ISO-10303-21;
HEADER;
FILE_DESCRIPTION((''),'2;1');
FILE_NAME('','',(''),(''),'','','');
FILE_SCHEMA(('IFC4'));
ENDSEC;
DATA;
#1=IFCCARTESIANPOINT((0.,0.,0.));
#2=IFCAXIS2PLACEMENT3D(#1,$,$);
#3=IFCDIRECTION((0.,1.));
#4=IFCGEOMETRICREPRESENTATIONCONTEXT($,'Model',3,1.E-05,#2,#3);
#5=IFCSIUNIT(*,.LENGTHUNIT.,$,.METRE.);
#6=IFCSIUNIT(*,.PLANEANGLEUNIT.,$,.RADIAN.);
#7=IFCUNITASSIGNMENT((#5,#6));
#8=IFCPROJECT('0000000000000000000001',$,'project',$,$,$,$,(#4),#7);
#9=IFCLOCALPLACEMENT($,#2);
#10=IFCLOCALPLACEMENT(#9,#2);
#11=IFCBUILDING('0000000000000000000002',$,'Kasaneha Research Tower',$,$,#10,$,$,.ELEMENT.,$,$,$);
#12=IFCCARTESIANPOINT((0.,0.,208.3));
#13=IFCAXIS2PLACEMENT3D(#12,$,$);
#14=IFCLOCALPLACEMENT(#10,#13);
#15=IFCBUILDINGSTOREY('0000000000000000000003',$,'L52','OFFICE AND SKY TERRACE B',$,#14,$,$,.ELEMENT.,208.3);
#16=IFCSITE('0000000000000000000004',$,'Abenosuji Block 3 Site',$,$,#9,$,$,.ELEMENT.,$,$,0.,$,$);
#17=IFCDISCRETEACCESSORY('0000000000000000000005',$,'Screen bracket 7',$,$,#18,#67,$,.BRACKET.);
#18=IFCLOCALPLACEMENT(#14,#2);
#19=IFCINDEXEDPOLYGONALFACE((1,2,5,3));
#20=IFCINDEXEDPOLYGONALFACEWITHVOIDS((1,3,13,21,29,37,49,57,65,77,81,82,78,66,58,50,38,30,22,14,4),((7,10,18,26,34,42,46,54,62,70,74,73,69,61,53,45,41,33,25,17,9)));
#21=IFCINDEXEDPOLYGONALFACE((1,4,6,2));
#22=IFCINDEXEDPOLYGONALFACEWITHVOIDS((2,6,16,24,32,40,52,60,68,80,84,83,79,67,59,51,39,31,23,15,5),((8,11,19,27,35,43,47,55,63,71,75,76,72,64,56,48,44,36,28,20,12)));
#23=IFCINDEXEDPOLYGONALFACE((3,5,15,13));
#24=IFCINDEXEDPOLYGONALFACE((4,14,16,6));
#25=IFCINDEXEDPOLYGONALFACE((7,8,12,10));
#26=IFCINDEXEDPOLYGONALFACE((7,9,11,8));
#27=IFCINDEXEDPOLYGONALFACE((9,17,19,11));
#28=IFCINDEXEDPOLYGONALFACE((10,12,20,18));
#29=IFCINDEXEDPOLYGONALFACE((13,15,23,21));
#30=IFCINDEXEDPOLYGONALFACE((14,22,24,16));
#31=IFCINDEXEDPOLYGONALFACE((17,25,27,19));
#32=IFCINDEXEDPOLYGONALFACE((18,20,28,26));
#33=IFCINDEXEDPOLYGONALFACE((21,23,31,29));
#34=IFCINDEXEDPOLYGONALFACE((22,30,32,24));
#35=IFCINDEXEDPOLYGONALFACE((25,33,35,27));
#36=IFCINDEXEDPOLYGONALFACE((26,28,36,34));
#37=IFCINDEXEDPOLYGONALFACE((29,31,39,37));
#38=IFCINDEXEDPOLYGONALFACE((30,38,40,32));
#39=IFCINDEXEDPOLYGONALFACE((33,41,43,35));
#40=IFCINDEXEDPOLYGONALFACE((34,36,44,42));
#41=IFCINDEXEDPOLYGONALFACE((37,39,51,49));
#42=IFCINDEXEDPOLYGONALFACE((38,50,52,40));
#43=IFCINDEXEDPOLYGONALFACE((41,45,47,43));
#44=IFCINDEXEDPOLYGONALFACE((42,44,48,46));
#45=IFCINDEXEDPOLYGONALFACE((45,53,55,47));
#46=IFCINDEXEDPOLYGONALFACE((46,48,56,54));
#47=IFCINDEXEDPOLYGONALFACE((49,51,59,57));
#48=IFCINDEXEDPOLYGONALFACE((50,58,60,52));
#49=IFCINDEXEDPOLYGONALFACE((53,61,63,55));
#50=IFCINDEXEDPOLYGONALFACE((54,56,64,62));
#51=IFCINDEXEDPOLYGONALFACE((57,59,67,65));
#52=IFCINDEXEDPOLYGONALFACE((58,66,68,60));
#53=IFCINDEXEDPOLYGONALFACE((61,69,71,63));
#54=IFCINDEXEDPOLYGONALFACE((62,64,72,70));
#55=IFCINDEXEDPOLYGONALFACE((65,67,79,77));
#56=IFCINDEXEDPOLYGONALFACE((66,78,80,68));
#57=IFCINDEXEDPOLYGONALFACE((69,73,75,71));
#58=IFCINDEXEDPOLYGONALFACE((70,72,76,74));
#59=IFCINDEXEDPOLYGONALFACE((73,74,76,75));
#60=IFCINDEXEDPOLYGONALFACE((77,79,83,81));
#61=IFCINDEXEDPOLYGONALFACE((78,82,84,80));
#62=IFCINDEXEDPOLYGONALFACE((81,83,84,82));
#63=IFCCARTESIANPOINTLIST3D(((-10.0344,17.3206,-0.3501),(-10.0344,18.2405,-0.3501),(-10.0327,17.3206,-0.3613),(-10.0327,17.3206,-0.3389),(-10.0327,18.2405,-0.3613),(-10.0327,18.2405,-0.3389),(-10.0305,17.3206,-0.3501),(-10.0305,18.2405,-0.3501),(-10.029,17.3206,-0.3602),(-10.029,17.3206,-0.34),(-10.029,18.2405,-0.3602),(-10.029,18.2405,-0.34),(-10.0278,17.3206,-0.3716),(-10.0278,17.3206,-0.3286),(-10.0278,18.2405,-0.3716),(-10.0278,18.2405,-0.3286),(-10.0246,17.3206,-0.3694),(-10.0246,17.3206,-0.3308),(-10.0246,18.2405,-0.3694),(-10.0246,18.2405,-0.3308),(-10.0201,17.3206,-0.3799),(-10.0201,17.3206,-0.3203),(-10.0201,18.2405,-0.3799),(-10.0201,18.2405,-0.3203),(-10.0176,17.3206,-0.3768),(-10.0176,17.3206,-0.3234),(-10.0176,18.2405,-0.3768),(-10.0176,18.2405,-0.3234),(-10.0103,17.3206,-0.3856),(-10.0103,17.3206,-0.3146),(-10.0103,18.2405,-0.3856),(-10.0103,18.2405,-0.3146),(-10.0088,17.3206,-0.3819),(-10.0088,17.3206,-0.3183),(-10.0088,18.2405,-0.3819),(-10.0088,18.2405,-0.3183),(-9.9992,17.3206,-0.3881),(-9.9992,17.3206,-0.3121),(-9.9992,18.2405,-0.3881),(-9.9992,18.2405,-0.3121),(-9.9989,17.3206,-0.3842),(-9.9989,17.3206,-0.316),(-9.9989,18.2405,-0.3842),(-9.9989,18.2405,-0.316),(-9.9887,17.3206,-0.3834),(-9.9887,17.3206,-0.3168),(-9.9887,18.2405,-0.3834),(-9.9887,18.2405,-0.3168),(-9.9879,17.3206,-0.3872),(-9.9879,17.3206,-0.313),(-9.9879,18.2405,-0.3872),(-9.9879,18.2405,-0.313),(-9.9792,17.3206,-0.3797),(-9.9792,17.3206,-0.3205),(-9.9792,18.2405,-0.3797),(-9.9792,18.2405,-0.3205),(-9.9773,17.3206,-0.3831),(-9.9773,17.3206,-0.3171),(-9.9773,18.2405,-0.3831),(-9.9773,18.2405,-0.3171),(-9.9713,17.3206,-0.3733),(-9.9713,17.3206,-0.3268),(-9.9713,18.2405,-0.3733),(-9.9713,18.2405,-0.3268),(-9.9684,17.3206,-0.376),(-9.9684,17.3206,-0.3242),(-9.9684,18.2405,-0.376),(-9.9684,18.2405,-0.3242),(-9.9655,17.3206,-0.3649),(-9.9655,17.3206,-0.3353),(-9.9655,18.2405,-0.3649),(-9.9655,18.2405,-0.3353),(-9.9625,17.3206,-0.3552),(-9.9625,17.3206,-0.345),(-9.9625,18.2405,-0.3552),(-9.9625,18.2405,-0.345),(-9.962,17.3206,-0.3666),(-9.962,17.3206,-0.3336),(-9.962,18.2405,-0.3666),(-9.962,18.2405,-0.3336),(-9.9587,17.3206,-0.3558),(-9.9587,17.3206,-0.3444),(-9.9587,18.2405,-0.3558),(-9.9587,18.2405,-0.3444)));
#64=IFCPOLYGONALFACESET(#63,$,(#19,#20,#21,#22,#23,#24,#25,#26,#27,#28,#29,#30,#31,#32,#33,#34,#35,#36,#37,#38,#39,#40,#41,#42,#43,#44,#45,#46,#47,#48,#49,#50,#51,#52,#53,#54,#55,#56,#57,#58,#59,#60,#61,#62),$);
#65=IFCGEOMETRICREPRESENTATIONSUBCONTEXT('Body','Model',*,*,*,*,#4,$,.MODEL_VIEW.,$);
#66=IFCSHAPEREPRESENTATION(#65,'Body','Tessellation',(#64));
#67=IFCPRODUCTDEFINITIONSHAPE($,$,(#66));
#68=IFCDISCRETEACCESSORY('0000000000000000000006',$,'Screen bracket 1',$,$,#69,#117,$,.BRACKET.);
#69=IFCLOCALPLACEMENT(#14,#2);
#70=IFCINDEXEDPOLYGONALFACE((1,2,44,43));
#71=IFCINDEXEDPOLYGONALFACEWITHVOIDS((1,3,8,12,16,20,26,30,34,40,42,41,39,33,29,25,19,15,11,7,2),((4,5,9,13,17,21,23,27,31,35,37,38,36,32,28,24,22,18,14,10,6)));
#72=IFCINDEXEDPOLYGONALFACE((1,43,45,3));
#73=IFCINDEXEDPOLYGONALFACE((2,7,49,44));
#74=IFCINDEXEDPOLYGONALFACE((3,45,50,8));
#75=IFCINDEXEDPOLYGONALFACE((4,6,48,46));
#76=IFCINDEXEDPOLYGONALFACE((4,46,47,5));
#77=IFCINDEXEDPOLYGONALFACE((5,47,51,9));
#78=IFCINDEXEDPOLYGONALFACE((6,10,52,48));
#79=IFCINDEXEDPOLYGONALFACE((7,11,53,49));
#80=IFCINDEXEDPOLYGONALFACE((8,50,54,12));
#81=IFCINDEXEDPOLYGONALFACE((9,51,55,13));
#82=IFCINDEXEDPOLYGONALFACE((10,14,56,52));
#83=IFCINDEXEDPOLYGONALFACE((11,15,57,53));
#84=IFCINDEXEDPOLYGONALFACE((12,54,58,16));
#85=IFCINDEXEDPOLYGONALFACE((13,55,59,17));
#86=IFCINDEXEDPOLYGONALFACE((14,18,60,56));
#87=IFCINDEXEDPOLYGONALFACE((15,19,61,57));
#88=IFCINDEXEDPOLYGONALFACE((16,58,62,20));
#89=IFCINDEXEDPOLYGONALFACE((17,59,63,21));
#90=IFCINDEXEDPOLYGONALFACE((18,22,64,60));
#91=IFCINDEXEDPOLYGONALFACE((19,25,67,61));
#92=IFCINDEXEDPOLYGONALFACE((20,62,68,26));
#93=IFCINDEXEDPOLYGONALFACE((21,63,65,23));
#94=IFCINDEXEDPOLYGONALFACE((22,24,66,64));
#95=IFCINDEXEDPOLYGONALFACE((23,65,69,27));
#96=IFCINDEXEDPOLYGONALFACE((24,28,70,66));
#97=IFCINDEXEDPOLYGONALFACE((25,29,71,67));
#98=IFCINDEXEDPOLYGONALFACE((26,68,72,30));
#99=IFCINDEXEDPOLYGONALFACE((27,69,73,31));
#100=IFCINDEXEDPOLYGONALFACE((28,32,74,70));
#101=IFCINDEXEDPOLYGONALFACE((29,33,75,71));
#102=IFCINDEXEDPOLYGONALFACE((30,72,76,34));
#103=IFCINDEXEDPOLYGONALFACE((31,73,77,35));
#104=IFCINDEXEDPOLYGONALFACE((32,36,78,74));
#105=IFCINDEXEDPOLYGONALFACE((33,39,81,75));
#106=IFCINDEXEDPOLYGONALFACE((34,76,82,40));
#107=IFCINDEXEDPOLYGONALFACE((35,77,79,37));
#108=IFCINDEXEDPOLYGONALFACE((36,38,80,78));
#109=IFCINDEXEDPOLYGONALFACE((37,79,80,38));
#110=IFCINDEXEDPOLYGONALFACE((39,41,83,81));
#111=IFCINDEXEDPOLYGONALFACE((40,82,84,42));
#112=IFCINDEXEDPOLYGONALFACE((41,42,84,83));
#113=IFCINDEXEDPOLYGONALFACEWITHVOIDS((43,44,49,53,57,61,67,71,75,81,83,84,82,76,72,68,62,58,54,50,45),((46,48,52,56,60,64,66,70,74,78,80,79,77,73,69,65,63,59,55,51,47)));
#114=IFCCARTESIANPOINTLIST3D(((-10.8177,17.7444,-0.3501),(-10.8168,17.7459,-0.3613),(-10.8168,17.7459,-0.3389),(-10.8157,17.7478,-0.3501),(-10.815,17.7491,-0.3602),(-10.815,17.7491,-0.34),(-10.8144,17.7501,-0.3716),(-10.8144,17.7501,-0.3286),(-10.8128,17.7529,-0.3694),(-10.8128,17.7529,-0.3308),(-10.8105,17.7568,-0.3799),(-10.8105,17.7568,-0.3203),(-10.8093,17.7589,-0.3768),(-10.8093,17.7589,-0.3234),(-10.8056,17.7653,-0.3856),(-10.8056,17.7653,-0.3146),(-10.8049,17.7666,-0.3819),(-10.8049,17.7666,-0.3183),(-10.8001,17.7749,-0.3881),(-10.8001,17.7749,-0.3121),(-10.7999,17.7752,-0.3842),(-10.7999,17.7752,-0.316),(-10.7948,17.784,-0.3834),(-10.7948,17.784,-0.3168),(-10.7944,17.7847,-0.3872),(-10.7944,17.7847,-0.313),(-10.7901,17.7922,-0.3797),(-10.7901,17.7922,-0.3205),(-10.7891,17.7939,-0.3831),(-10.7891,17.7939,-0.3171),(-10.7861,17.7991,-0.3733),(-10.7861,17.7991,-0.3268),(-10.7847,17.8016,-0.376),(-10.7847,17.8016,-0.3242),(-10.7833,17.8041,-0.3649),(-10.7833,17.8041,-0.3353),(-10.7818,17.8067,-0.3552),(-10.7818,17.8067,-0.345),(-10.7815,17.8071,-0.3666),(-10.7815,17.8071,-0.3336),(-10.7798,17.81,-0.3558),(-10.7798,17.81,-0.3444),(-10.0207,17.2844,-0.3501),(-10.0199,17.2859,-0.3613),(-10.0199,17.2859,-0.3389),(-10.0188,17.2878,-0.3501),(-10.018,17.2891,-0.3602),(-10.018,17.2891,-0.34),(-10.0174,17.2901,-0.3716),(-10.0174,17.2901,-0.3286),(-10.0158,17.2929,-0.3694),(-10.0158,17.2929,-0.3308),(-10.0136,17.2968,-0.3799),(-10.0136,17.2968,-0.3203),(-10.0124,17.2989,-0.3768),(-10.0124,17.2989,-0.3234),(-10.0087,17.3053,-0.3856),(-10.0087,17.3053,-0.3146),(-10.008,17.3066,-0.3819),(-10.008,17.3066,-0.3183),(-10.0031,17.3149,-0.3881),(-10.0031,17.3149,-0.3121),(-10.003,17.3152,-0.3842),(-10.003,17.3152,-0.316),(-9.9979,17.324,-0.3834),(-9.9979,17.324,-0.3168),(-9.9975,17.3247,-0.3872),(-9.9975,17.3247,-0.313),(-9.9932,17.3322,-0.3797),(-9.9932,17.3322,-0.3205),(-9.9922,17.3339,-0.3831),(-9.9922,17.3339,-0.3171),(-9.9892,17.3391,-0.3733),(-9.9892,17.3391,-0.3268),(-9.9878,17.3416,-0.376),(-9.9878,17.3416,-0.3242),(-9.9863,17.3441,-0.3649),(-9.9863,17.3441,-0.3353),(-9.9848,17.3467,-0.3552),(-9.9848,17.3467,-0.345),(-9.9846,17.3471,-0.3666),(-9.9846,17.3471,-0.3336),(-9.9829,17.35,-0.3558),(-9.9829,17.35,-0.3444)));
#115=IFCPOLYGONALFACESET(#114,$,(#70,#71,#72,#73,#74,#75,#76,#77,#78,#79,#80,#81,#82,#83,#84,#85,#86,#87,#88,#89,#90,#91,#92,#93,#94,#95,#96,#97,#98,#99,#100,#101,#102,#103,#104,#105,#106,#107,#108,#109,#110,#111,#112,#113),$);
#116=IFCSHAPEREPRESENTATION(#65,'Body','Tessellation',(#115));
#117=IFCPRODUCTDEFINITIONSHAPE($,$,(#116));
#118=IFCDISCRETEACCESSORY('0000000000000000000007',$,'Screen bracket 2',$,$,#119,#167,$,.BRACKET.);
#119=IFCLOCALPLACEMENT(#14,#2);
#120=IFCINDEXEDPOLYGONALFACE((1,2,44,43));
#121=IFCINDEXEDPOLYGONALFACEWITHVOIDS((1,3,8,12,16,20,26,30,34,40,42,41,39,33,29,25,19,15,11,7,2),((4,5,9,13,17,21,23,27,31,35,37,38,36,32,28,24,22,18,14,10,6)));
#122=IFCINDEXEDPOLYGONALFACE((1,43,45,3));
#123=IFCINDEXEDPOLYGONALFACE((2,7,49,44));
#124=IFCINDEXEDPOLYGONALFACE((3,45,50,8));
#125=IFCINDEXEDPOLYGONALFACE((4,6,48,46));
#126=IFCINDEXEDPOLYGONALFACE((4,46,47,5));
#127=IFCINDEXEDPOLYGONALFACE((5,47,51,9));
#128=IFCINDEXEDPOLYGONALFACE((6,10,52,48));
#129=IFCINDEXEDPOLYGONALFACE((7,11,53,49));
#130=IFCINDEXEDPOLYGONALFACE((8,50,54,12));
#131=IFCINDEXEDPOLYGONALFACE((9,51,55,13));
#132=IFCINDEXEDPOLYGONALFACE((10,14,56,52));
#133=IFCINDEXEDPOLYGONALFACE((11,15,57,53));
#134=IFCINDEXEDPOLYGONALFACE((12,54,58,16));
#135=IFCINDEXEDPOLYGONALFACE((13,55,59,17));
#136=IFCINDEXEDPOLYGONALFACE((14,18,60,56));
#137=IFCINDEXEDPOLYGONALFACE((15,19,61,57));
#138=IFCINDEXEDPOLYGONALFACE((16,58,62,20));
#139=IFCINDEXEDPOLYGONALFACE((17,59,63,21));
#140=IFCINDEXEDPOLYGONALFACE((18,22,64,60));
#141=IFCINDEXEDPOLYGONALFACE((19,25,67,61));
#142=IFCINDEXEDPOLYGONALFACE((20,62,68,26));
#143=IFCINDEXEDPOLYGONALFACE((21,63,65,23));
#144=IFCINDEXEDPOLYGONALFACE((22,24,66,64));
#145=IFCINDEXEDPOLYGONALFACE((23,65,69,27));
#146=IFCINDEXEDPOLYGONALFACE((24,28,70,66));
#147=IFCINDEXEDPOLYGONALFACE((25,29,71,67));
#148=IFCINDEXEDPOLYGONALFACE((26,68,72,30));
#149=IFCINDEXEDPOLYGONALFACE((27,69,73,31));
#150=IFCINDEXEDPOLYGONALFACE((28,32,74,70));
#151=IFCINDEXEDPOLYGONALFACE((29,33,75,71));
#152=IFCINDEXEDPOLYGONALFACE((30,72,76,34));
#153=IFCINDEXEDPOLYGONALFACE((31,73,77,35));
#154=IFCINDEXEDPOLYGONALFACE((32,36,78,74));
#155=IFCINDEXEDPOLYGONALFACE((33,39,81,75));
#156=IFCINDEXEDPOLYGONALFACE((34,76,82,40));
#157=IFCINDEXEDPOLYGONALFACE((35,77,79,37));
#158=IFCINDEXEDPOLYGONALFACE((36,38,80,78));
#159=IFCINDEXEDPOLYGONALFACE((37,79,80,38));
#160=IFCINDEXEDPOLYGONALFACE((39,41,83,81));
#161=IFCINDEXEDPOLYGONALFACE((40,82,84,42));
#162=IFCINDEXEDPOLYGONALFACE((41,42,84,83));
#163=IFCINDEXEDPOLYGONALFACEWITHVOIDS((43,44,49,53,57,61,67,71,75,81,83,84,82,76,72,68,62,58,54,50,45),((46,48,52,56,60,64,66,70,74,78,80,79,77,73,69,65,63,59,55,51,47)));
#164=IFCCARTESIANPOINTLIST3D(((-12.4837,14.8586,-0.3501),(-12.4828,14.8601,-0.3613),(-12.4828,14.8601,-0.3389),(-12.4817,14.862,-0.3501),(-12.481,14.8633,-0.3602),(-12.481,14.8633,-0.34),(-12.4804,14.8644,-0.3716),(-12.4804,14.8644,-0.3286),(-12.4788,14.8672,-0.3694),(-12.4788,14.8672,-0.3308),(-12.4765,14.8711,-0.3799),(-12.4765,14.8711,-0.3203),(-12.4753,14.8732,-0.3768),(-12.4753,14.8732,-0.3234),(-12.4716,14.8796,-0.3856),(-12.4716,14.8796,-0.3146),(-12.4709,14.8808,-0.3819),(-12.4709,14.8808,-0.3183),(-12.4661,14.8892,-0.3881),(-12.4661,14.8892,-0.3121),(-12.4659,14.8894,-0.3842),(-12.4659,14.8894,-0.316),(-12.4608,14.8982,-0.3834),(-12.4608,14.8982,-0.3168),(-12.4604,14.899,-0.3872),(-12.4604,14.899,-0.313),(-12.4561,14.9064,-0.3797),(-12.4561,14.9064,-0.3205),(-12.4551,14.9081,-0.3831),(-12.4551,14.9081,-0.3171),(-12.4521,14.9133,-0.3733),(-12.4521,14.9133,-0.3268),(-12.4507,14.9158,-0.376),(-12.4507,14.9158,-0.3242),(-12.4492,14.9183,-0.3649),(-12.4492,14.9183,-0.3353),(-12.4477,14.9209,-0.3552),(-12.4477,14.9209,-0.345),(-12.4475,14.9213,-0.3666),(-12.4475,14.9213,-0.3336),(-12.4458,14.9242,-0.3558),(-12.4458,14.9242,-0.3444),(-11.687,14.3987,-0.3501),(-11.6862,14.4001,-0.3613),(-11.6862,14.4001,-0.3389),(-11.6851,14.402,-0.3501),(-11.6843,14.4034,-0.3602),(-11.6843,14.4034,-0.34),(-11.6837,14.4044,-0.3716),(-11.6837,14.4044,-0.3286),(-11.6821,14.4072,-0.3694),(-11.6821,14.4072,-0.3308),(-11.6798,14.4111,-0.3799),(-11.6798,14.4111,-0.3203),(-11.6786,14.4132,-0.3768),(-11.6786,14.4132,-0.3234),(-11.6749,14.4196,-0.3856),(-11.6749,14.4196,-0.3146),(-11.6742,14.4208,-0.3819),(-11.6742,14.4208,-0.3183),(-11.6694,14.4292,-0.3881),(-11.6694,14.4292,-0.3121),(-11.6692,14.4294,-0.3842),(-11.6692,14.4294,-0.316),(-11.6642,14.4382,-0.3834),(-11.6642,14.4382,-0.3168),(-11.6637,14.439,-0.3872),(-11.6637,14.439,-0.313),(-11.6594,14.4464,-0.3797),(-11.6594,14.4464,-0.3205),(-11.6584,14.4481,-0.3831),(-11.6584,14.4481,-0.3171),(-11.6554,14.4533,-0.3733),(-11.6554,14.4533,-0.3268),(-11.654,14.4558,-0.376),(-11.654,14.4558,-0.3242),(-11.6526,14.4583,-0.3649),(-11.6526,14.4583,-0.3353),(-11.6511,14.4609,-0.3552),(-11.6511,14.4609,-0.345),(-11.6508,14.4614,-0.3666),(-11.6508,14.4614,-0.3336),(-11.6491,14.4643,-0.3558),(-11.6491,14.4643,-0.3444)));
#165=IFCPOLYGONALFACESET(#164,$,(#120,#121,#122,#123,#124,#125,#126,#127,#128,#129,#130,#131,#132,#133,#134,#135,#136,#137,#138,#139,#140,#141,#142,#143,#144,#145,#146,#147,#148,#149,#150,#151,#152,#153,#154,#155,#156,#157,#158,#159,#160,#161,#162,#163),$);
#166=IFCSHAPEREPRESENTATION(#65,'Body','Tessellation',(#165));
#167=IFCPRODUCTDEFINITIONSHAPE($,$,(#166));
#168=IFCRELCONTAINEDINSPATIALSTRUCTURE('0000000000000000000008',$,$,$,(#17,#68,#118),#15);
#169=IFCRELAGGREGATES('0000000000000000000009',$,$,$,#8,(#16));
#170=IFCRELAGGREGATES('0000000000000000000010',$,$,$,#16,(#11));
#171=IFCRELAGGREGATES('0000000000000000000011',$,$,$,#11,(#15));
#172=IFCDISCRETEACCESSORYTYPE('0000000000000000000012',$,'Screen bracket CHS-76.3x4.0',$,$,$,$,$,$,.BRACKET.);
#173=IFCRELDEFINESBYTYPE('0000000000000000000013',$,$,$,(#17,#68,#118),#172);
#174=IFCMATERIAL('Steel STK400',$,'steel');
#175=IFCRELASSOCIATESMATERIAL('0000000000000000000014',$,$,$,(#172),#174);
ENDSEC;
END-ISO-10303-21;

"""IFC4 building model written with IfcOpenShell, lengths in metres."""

from ifc_helpers import new_model, si_unit, direction, frame, origin, origin_2d, place, context, subcontext, project, spatial, hollow_circle, extrude, material, material_profile, profile_set, type_object, element, save


model = new_model("IFC4")

# Units and contexts
model_context = context("Model", 3, precision=1e-05, world=origin(), true_north=direction((0.0, 1.0)))
body_context = subcontext(model_context, "Body", "Model", "MODEL_VIEW")
ifc_project = project(units=[si_unit("LENGTHUNIT", "METRE"), si_unit("PLANEANGLEUNIT", "RADIAN")], contexts=[model_context])

# Site, building, storey
site_placement = place(None, origin())
site = spatial("IfcSite", under=ifc_project, at=site_placement, Name="Abenosuji Block 3 Site", CompositionType="ELEMENT", RefElevation=0.0)
building_placement = place(site_placement, origin())
building = spatial("IfcBuilding", under=site, at=building_placement, Name="Kasaneha Research Tower", CompositionType="ELEMENT")
storey_placement = place(building_placement, frame((0.0, 0.0, 208.3)))
storey = spatial("IfcBuildingStorey", under=building, at=storey_placement, Name="L52", Description="OFFICE AND SKY TERRACE B", CompositionType="ELEMENT", Elevation=208.3)

# Discrete accessories
ifc_material_1 = material(Name="Steel STK400", Category="steel")
ifc_material_profile_1 = material_profile(ifc_material_1, hollow_circle(Radius=0.0381, WallThickness=0.0039, at=origin_2d()), Name="CHS-76.3x4.0")
ifc_profile_set_1 = profile_set([ifc_material_profile_1], Name="Steel STK400")
discrete_accessory_type = type_object("IfcDiscreteAccessoryType", Name="Screen bracket CHS-76.3x4.0", PredefinedType="BRACKET", material=ifc_profile_set_1)
for number, where, z_axis, x_axis, name in (
    (1, (-9.9963, 17.3206, -0.3501), (0.0, 1.0, 0.0), (-1.0, 0.0, 0.0), "Screen bracket 7"),
):
    element("IfcDiscreteAccessory", number, at=place(storey_placement, frame(where, z_axis=z_axis, x_axis=x_axis)), inside=storey, type_object=discrete_accessory_type, Name=name, PredefinedType="BRACKET", context=body_context, shape_type="SweptSolid", body=[
        extrude(hollow_circle(Radius=0.0381, WallThickness=0.0039, at=origin_2d()), origin(), (0.0, 0.0, 1.0), 0.9199),
    ])
discrete_accessory_1_placement = place(storey_placement, frame((-10.0017, 17.3174, -0.3501), z_axis=(-0.86608, 0.499906, 0.0), x_axis=(-0.499906, -0.86608, 0.0)))
element("IfcDiscreteAccessory", 2, at=discrete_accessory_1_placement, inside=storey, type_object=discrete_accessory_type, Name="Screen bracket 1", PredefinedType="BRACKET", context=body_context, shape_type="SweptSolid", body=[
    extrude(hollow_circle(Radius=0.0381, WallThickness=0.0039, at=origin_2d()), origin(), (0.0, 0.0, 1.0), 0.9202),
])
for number, where, z_axis, x_axis, name in (
    (3, (-11.668, 14.4316, -0.3501), (-0.866013, 0.500021, 0.0), (-0.500021, -0.866013, 0.0), "Screen bracket 2"),
):
    element("IfcDiscreteAccessory", number, at=place(storey_placement, frame(where, z_axis=z_axis, x_axis=x_axis)), inside=storey, type_object=discrete_accessory_type, Name=name, PredefinedType="BRACKET", context=body_context, shape_type="SweptSolid", body=[
        extrude(hollow_circle(Radius=0.0381, WallThickness=0.0039, at=origin_2d()), origin(), (0.0, 0.0, 1.0), 0.9199),
    ])

save(model, "model.ifc")
